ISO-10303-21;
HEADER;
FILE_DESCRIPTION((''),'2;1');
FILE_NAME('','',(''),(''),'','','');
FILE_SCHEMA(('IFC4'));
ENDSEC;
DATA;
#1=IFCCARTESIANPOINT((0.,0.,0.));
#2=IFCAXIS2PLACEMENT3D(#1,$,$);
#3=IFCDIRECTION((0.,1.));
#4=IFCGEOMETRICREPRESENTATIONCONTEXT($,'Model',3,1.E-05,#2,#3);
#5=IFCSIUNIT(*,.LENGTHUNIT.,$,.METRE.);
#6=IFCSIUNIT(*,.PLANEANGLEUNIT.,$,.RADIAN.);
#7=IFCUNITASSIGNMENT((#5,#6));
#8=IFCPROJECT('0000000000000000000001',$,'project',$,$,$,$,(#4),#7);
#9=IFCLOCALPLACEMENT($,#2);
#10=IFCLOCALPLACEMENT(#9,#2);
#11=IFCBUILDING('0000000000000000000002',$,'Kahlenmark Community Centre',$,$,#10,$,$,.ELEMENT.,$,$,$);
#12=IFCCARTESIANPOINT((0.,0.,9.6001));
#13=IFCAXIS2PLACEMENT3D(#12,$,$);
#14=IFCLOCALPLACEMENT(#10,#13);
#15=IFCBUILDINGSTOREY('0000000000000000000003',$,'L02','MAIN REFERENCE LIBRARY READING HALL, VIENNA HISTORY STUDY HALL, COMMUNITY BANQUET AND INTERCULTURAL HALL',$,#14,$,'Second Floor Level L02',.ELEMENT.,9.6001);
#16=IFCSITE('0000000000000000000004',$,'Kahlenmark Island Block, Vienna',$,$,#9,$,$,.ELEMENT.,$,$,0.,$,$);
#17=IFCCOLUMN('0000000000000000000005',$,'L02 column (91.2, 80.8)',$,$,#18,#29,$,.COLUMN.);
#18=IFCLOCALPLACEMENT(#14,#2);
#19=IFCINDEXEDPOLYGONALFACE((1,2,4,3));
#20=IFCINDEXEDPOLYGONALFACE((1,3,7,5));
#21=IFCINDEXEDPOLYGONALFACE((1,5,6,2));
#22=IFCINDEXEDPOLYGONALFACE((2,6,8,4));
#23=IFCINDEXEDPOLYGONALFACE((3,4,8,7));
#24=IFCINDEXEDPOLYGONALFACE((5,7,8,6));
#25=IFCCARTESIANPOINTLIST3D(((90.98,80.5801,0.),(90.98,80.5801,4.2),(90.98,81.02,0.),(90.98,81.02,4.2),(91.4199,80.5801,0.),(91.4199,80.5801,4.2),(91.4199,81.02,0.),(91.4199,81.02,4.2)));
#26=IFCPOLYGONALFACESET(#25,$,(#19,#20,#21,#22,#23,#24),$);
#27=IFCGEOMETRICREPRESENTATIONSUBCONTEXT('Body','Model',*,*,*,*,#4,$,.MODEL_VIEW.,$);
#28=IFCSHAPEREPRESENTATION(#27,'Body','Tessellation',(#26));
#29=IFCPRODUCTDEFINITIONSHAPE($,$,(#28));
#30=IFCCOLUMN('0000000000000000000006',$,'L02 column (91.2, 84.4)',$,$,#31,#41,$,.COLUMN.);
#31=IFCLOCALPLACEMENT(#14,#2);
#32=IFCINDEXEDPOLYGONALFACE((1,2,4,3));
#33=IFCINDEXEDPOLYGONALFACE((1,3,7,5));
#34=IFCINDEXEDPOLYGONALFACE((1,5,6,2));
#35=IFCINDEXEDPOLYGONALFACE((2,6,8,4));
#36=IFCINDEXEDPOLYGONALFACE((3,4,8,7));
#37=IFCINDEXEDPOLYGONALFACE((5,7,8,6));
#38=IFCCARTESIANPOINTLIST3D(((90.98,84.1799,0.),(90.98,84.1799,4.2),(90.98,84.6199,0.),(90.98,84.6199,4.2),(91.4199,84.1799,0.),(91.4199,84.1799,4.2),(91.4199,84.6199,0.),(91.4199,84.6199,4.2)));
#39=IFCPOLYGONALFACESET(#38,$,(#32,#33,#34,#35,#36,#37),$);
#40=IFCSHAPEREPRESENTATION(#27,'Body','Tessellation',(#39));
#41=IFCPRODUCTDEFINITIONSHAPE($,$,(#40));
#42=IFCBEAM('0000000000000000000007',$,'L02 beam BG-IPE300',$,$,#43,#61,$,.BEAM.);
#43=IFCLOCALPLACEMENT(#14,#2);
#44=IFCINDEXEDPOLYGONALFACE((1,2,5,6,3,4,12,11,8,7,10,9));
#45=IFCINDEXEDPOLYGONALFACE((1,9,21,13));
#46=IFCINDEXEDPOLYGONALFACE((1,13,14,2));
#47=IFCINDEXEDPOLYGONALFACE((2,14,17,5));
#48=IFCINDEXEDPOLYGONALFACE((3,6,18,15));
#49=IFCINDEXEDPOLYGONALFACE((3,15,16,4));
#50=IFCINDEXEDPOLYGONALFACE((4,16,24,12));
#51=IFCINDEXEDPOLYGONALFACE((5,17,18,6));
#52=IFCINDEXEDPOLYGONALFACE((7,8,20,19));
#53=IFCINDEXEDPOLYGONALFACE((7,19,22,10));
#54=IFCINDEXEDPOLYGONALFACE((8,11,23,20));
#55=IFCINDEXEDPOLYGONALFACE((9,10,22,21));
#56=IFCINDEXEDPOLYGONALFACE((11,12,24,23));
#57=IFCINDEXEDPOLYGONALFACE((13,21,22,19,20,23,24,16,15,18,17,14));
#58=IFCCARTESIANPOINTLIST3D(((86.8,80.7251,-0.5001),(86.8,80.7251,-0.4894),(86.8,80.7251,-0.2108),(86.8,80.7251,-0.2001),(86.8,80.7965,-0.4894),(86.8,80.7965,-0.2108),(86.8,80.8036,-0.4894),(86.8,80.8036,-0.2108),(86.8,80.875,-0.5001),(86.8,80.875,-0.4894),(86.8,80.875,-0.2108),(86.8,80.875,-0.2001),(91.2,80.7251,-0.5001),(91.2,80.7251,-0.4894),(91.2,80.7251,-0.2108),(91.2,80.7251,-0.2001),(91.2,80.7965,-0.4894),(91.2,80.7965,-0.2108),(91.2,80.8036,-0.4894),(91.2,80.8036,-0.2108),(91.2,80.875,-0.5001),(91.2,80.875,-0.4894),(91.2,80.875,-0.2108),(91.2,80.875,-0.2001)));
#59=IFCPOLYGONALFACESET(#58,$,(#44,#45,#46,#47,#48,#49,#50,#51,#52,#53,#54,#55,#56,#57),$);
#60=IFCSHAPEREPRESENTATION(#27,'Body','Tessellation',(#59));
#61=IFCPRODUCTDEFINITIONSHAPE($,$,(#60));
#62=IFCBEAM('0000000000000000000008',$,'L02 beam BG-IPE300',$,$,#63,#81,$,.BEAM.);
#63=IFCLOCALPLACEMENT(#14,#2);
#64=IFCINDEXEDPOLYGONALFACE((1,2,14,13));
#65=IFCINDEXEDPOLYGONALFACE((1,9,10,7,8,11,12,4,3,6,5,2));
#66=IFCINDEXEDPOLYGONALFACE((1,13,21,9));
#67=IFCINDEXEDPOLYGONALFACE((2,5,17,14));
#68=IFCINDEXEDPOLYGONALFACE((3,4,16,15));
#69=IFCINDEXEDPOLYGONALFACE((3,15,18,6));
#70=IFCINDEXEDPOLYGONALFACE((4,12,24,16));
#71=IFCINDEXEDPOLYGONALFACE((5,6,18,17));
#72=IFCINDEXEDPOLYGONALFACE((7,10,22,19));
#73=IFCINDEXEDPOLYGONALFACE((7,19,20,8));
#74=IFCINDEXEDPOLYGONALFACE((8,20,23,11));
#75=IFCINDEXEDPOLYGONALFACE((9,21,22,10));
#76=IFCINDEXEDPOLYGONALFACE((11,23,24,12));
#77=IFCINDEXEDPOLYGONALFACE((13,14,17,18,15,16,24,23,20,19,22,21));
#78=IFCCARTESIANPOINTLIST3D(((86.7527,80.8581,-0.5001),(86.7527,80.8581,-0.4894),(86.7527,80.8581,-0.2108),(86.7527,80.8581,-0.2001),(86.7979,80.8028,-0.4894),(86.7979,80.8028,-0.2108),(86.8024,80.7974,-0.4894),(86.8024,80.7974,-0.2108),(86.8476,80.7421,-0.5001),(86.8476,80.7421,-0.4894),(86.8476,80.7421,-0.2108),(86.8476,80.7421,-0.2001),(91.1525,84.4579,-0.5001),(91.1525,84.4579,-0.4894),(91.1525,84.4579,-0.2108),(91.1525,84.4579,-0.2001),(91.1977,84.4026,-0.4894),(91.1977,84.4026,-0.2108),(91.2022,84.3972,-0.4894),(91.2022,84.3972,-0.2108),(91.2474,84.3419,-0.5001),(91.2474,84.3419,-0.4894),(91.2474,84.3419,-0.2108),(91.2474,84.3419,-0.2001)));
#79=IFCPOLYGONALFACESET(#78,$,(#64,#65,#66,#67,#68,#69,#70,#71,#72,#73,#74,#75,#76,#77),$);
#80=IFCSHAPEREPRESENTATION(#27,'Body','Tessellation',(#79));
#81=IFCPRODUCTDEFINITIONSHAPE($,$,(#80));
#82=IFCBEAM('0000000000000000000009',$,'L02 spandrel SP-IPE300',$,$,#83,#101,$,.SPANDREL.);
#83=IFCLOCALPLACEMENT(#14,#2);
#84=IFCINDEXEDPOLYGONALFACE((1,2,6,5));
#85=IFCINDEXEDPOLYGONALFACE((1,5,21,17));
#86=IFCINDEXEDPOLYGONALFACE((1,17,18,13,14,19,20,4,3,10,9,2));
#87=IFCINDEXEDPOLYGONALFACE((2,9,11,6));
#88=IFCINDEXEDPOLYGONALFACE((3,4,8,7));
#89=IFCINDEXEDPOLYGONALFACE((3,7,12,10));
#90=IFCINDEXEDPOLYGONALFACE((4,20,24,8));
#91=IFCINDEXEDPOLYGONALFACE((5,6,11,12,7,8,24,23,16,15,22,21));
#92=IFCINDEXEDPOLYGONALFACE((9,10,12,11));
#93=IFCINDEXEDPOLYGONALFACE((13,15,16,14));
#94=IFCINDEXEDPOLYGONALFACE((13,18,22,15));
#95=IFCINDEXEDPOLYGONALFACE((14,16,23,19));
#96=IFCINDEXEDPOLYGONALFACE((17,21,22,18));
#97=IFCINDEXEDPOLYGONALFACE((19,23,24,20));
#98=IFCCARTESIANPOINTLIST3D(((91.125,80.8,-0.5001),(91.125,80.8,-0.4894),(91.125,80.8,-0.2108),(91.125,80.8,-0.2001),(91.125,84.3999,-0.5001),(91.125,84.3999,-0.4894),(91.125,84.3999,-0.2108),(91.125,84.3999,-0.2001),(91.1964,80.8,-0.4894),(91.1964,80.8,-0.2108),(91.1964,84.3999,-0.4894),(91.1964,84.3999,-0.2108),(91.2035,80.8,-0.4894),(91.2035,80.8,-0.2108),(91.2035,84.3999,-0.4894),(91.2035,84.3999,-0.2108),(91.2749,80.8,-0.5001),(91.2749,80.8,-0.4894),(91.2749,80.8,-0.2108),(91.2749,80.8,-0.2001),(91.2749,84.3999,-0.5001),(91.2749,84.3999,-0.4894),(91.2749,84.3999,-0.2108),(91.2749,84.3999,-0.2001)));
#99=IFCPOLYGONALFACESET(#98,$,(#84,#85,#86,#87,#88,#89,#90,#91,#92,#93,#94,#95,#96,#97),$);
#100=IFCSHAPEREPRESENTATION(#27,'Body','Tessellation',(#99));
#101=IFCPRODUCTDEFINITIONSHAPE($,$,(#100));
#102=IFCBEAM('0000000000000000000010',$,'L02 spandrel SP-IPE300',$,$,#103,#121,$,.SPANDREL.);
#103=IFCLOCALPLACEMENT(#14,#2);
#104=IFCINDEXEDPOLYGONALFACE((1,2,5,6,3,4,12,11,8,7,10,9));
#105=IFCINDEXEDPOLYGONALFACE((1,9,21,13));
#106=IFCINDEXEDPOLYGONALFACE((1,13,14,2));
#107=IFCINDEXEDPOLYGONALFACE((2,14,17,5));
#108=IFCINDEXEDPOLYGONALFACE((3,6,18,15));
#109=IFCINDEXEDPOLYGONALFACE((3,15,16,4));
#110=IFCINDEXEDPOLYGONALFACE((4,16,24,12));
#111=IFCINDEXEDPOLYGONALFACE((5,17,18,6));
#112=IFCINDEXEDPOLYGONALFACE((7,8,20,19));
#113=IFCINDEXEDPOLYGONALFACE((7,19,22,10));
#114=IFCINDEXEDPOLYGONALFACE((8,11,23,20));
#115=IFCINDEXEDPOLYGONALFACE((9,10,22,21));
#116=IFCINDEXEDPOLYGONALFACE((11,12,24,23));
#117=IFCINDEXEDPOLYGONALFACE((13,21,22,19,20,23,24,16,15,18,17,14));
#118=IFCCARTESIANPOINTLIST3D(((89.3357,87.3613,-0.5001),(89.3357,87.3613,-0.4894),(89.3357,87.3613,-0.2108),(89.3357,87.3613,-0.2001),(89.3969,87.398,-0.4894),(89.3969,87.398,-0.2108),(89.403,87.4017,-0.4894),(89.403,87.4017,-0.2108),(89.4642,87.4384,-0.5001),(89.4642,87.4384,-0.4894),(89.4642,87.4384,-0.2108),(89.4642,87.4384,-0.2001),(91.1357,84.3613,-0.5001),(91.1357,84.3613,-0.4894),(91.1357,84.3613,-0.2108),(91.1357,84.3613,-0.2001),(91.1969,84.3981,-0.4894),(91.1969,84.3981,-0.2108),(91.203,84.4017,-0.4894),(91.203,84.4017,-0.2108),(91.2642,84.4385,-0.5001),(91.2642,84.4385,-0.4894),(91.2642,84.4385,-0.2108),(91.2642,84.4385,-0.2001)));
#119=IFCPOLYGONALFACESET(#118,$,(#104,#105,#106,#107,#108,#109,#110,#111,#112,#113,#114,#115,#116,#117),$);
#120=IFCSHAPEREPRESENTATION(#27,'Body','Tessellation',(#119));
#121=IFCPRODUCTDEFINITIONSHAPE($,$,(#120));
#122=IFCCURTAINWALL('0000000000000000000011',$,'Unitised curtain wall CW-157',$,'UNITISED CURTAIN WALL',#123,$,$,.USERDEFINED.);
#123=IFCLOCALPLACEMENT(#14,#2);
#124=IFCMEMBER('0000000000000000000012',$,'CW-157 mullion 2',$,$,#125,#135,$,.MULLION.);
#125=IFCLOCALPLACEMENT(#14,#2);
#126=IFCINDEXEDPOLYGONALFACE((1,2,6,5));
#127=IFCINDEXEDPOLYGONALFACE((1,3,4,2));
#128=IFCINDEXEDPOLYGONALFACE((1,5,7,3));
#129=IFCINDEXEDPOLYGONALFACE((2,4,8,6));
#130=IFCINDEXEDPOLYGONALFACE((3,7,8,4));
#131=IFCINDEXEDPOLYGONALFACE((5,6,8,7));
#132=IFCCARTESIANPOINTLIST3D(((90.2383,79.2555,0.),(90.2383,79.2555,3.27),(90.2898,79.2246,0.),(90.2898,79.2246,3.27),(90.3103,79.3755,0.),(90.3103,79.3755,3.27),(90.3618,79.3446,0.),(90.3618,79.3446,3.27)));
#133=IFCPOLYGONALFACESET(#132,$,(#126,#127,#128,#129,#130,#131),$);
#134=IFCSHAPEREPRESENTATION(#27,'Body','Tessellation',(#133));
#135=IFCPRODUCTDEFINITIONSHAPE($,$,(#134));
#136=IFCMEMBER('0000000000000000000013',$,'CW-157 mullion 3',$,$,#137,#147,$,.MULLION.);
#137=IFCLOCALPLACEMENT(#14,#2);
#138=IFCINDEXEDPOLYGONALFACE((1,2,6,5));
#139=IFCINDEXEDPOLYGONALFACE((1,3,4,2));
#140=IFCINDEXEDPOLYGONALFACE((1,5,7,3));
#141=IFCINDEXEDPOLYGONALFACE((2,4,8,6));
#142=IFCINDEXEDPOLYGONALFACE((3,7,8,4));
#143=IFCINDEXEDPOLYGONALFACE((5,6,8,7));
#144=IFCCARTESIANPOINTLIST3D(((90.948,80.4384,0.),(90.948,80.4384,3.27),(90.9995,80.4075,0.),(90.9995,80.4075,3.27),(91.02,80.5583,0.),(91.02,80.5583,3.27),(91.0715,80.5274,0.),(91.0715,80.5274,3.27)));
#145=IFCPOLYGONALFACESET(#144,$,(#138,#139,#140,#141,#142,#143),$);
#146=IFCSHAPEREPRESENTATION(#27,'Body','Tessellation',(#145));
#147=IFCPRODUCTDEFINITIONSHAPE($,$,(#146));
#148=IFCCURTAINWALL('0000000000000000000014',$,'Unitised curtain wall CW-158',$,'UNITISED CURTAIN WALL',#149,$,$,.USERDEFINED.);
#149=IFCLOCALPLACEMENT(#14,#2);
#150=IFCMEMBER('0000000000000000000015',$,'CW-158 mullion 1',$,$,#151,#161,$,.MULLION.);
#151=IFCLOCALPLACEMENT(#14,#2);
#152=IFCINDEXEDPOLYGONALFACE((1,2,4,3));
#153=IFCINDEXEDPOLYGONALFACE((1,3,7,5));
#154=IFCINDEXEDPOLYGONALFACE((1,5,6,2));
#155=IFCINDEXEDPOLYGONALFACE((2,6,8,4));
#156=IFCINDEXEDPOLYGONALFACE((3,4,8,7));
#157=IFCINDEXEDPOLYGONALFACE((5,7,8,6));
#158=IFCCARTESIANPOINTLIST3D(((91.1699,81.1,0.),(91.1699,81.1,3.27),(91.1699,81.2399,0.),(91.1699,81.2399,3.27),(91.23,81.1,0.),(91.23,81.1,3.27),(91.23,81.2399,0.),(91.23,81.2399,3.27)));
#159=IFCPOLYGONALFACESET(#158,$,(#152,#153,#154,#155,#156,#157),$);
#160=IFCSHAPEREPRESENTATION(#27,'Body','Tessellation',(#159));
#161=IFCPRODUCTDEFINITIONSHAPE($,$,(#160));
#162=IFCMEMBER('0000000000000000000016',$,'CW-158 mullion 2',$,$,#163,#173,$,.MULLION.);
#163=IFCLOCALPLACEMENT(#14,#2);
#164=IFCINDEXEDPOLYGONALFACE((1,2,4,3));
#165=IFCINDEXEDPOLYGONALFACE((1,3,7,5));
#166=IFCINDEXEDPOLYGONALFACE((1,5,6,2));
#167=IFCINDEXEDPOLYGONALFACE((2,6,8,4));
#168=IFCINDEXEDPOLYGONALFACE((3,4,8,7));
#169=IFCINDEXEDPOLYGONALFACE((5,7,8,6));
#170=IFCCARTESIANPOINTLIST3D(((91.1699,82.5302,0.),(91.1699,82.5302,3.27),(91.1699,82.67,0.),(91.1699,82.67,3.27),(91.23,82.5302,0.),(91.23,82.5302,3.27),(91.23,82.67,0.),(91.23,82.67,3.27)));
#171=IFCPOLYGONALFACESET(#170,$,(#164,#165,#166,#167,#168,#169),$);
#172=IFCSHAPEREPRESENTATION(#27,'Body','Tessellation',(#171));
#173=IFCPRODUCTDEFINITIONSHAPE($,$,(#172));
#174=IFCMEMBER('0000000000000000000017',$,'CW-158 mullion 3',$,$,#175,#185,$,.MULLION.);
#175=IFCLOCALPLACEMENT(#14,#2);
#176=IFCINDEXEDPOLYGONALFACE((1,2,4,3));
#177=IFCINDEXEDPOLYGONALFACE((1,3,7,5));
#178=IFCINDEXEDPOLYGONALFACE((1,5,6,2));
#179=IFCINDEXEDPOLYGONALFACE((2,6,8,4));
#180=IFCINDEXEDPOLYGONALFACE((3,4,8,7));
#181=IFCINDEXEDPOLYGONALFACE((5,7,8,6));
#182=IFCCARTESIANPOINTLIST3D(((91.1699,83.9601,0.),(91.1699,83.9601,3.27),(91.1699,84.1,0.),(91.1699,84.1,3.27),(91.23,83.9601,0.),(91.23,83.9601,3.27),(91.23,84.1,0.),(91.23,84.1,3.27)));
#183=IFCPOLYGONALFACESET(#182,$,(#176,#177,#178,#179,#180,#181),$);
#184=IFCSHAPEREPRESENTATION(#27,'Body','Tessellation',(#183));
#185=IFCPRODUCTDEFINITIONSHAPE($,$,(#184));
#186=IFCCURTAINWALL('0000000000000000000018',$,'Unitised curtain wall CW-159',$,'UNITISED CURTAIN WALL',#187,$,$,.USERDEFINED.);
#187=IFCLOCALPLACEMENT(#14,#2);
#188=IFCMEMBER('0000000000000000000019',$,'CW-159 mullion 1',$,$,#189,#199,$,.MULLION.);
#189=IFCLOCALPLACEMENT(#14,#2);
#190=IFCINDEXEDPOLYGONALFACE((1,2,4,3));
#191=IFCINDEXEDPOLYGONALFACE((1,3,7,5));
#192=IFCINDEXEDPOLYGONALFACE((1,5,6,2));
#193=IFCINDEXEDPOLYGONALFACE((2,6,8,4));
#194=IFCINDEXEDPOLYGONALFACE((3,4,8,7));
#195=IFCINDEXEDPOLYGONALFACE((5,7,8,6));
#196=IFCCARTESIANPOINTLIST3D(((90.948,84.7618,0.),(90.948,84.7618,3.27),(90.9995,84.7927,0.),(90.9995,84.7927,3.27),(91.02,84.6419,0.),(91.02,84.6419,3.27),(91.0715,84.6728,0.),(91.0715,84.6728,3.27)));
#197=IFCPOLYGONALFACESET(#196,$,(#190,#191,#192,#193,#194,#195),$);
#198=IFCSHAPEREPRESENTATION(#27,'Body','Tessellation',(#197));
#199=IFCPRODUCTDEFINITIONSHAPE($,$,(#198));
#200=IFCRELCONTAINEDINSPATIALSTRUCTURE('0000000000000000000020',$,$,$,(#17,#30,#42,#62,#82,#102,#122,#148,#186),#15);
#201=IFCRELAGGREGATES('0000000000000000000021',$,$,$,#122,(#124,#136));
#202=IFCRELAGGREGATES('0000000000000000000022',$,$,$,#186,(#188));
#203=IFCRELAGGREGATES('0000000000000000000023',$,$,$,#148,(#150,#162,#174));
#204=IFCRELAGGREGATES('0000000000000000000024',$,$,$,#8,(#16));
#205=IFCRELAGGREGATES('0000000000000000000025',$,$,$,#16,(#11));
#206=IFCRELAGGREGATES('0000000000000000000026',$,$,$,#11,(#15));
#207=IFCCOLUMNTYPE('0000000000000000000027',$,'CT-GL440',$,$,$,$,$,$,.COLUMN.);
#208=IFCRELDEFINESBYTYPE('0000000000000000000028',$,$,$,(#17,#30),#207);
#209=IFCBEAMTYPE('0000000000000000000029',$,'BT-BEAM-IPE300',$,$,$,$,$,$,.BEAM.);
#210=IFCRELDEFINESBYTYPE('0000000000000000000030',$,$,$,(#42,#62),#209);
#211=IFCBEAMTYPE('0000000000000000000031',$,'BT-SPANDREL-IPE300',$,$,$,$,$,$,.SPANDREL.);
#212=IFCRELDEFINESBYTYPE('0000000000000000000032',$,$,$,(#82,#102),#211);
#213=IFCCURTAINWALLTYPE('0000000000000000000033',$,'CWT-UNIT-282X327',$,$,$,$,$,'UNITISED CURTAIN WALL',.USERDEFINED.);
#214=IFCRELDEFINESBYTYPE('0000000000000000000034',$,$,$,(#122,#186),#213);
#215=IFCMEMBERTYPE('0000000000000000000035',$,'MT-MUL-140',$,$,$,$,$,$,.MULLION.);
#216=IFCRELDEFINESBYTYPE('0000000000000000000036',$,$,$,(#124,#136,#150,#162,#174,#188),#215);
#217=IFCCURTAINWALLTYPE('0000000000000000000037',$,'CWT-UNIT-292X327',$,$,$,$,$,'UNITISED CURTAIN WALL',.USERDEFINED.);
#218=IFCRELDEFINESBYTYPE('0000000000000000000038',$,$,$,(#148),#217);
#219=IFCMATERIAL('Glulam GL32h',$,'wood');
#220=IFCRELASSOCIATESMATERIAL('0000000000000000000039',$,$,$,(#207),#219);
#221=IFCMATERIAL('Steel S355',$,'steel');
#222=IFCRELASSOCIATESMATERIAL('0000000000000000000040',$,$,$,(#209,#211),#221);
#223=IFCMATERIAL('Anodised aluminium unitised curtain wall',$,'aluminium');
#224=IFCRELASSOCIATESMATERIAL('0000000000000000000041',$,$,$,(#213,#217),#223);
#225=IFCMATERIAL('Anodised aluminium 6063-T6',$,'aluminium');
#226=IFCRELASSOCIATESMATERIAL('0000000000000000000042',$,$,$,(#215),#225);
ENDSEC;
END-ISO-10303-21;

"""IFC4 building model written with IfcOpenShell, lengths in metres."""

from ifc_helpers import new_model, si_unit, direction, frame, origin, origin_2d, place, context, subcontext, project, spatial, rectangle, i_section, extrude, material, material_profile, profile_set, type_object, element, aggregate, save


model = new_model("IFC4")

# Units and contexts
model_context = context("Model", 3, precision=1e-05, world=origin(), true_north=direction((0.0, 1.0)))
body_context = subcontext(model_context, "Body", "Model", "MODEL_VIEW")
ifc_project = project(units=[si_unit("LENGTHUNIT", "METRE"), si_unit("PLANEANGLEUNIT", "RADIAN")], contexts=[model_context])

# Site, building, storey
site_placement = place(None, origin())
site = spatial("IfcSite", under=ifc_project, at=site_placement, Name="Kahlenmark Island Block, Vienna", CompositionType="ELEMENT", RefElevation=0.0)
building_placement = place(site_placement, origin())
building = spatial("IfcBuilding", under=site, at=building_placement, Name="Kahlenmark Community Centre", CompositionType="ELEMENT")
storey_placement = place(building_placement, frame((0.0, 0.0, 9.6001)))
storey = spatial("IfcBuildingStorey", under=building, at=storey_placement, Name="L02", Description="MAIN REFERENCE LIBRARY READING HALL, VIENNA HISTORY STUDY HALL, COMMUNITY BANQUET AND INTERCULTURAL HALL", LongName="Second Floor Level L02", CompositionType="ELEMENT", Elevation=9.6001)

# Columns
ifc_material_1 = material(Name="Glulam GL32h", Category="wood")
ifc_material_profile_1 = material_profile(ifc_material_1, rectangle(XDim=0.4399, YDim=0.4399, at=origin_2d()), Name="GL32h 440x440")
ifc_profile_set_1 = profile_set([ifc_material_profile_1], Name="Glulam GL32h")
column_type = type_object("IfcColumnType", Name="CT-GL440", PredefinedType="COLUMN", material=ifc_profile_set_1)
for number, where, z_axis, x_axis, name in (
    (1, (91.2, 80.8, 0.0), (0.0, 0.0, 1.0), (1.0, 0.0, 0.0), "L02 column (91.2, 80.8)"),
    (2, (91.2, 84.3999, 0.0), (0.0, 0.0, 1.0), (1.0, 0.0, 0.0), "L02 column (91.2, 84.4)"),
):
    element("IfcColumn", number, at=place(storey_placement, frame(where, z_axis=z_axis, x_axis=x_axis)), inside=storey, type_object=column_type, Name=name, PredefinedType="COLUMN", context=body_context, shape_type="SweptSolid", body=[
        extrude(rectangle(XDim=0.4399, YDim=0.4399, at=origin_2d()), origin(), (0.0, 0.0, 1.0), 4.2),
    ])

# Beams
ifc_material_2 = material(Name="Steel S355", Category="steel")
ifc_material_profile_2 = material_profile(ifc_material_2, i_section(OverallWidth=0.1499, OverallDepth=0.3, WebThickness=0.0071, FlangeThickness=0.0107, at=origin_2d()), Name="IPE 300")
ifc_profile_set_2 = profile_set([ifc_material_profile_2], Name="Steel S355")
beam_type_1 = type_object("IfcBeamType", Name="BT-BEAM-IPE300", PredefinedType="BEAM", material=ifc_profile_set_2)
beam_1_placement = place(storey_placement, frame((91.2, 80.8, -0.3501), z_axis=(-1.0, 0.0, 0.0), x_axis=(0.0, -1.0, 0.0)))
element("IfcBeam", 3, at=beam_1_placement, inside=storey, type_object=beam_type_1, Name="L02 beam BG-IPE300", PredefinedType="BEAM", context=body_context, shape_type="SweptSolid", body=[
    extrude(i_section(OverallWidth=0.1499, OverallDepth=0.3, WebThickness=0.0071, FlangeThickness=0.0107, at=origin_2d()), origin(), (0.0, 0.0, 1.0), 4.3999),
])
beam_2_placement = place(storey_placement, frame((91.2, 84.3999, -0.3501), z_axis=(-0.773963, -0.633231, 0.0), x_axis=(0.633231, -0.773963, 0.0)))
element("IfcBeam", 4, at=beam_2_placement, inside=storey, type_object=beam_type_1, Name="L02 beam BG-IPE300", PredefinedType="BEAM", context=body_context, shape_type="SweptSolid", body=[
    extrude(i_section(OverallWidth=0.1499, OverallDepth=0.3, WebThickness=0.0071, FlangeThickness=0.0107, at=origin_2d()), origin(), (0.0, 0.0, 1.0), 5.6848),
])
ifc_material_profile_3 = material_profile(ifc_material_2, i_section(OverallWidth=0.1499, OverallDepth=0.3, WebThickness=0.0071, FlangeThickness=0.0107, at=origin_2d()), Name="IPE 300")
ifc_profile_set_3 = profile_set([ifc_material_profile_3], Name="Steel S355")
beam_type_2 = type_object("IfcBeamType", Name="BT-SPANDREL-IPE300", PredefinedType="SPANDREL", material=ifc_profile_set_3)
beam_3_placement = place(storey_placement, frame((91.2, 80.8, -0.3501), z_axis=(0.0, 1.0, 0.0), x_axis=(-1.0, 0.0, 0.0)))
element("IfcBeam", 5, at=beam_3_placement, inside=storey, type_object=beam_type_2, Name="L02 spandrel SP-IPE300", PredefinedType="SPANDREL", context=body_context, shape_type="SweptSolid", body=[
    extrude(i_section(OverallWidth=0.1499, OverallDepth=0.3, WebThickness=0.0071, FlangeThickness=0.0107, at=origin_2d()), origin(), (0.0, 0.0, 1.0), 3.5999),
])
beam_4_placement = place(storey_placement, frame((91.2, 84.3999, -0.3501), z_axis=(-0.514506, 0.857487, 0.0), x_axis=(-0.857487, -0.514506, 0.0)))
element("IfcBeam", 6, at=beam_4_placement, inside=storey, type_object=beam_type_2, Name="L02 spandrel SP-IPE300", PredefinedType="SPANDREL", context=body_context, shape_type="SweptSolid", body=[
    extrude(i_section(OverallWidth=0.1499, OverallDepth=0.3, WebThickness=0.0071, FlangeThickness=0.0107, at=origin_2d()), origin(), (0.0, 0.0, 1.0), 3.4985),
])

# Curtain walls, members
ifc_material_3 = material(Name="Anodised aluminium unitised curtain wall", Category="aluminium")
curtain_wall_type_1 = type_object("IfcCurtainWallType", Name="CWT-UNIT-282X327", ElementType="UNITISED CURTAIN WALL", PredefinedType="USERDEFINED", material=ifc_material_3)
curtain_wall_1_placement = place(storey_placement, origin())
curtain_wall_1 = element("IfcCurtainWall", 7, at=curtain_wall_1_placement, inside=storey, type_object=curtain_wall_type_1, Name="Unitised curtain wall CW-157", ObjectType="UNITISED CURTAIN WALL", PredefinedType="USERDEFINED")
ifc_material_4 = material(Name="Anodised aluminium 6063-T6", Category="aluminium")
ifc_material_profile_4 = material_profile(ifc_material_4, rectangle(XDim=0.0601, YDim=0.1399, at=origin_2d()), Name="ALU MULLION 60x140")
ifc_profile_set_4 = profile_set([ifc_material_profile_4], Name="Anodised aluminium 6063-T6")
member_type_1 = type_object("IfcMemberType", Name="MT-MUL-140", PredefinedType="MULLION", material=ifc_profile_set_4)
member_1_placement = place(storey_placement, frame((90.3, 79.3, 0.0), z_axis=(0.0, 0.0, 1.0), x_axis=(-0.857493, 0.514496, 0.0)))
member_1 = element("IfcMember", 8, at=member_1_placement, type_object=member_type_1, Name="CW-157 mullion 2", PredefinedType="MULLION", context=body_context, shape_type="SweptSolid", body=[
    extrude(rectangle(XDim=0.0601, YDim=0.1399, at=origin_2d()), origin(), (0.0, 0.0, 1.0), 3.27),
])
member_2_placement = place(storey_placement, frame((91.0098, 80.4829, 0.0), z_axis=(0.0, 0.0, 1.0), x_axis=(-0.857493, 0.514496, 0.0)))
member_2 = element("IfcMember", 9, at=member_2_placement, type_object=member_type_1, Name="CW-157 mullion 3", PredefinedType="MULLION", context=body_context, shape_type="SweptSolid", body=[
    extrude(rectangle(XDim=0.0601, YDim=0.1399, at=origin_2d()), origin(), (0.0, 0.0, 1.0), 3.27),
])
curtain_wall_type_2 = type_object("IfcCurtainWallType", Name="CWT-UNIT-292X327", ElementType="UNITISED CURTAIN WALL", PredefinedType="USERDEFINED", material=ifc_material_3)
curtain_wall_2_placement = place(storey_placement, origin())
curtain_wall_2 = element("IfcCurtainWall", 10, at=curtain_wall_2_placement, inside=storey, type_object=curtain_wall_type_2, Name="Unitised curtain wall CW-158", ObjectType="UNITISED CURTAIN WALL", PredefinedType="USERDEFINED")
member_3_placement = place(storey_placement, frame((91.2, 81.1699, 0.0), z_axis=(0.0, 0.0, 1.0), x_axis=(-1.0, 0.0, 0.0)))
member_3 = element("IfcMember", 11, at=member_3_placement, type_object=member_type_1, Name="CW-158 mullion 1", PredefinedType="MULLION", context=body_context, shape_type="SweptSolid", body=[
    extrude(rectangle(XDim=0.0601, YDim=0.1399, at=origin_2d()), origin(), (0.0, 0.0, 1.0), 3.27),
])
member_4_placement = place(storey_placement, frame((91.2, 82.6001, 0.0), z_axis=(0.0, 0.0, 1.0), x_axis=(-1.0, 0.0, 0.0)))
member_4 = element("IfcMember", 12, at=member_4_placement, type_object=member_type_1, Name="CW-158 mullion 2", PredefinedType="MULLION", context=body_context, shape_type="SweptSolid", body=[
    extrude(rectangle(XDim=0.0601, YDim=0.1399, at=origin_2d()), origin(), (0.0, 0.0, 1.0), 3.27),
])
member_5_placement = place(storey_placement, frame((91.2, 84.03, 0.0), z_axis=(0.0, 0.0, 1.0), x_axis=(-1.0, 0.0, 0.0)))
member_5 = element("IfcMember", 13, at=member_5_placement, type_object=member_type_1, Name="CW-158 mullion 3", PredefinedType="MULLION", context=body_context, shape_type="SweptSolid", body=[
    extrude(rectangle(XDim=0.0601, YDim=0.1399, at=origin_2d()), origin(), (0.0, 0.0, 1.0), 3.27),
])
curtain_wall_3_placement = place(storey_placement, origin())
curtain_wall_3 = element("IfcCurtainWall", 14, at=curtain_wall_3_placement, inside=storey, type_object=curtain_wall_type_1, Name="Unitised curtain wall CW-159", ObjectType="UNITISED CURTAIN WALL", PredefinedType="USERDEFINED")
member_6_placement = place(storey_placement, frame((91.0098, 84.7173, 0.0), z_axis=(0.0, 0.0, 1.0), x_axis=(-0.857493, -0.514496, 0.0)))
member_6 = element("IfcMember", 15, at=member_6_placement, type_object=member_type_1, Name="CW-159 mullion 1", PredefinedType="MULLION", context=body_context, shape_type="SweptSolid", body=[
    extrude(rectangle(XDim=0.0601, YDim=0.1399, at=origin_2d()), origin(), (0.0, 0.0, 1.0), 3.27),
])

aggregate(curtain_wall_1, [member_1, member_2])
aggregate(curtain_wall_3, [member_6])
aggregate(curtain_wall_2, [member_3, member_4, member_5])

save(model, "model.ifc")
